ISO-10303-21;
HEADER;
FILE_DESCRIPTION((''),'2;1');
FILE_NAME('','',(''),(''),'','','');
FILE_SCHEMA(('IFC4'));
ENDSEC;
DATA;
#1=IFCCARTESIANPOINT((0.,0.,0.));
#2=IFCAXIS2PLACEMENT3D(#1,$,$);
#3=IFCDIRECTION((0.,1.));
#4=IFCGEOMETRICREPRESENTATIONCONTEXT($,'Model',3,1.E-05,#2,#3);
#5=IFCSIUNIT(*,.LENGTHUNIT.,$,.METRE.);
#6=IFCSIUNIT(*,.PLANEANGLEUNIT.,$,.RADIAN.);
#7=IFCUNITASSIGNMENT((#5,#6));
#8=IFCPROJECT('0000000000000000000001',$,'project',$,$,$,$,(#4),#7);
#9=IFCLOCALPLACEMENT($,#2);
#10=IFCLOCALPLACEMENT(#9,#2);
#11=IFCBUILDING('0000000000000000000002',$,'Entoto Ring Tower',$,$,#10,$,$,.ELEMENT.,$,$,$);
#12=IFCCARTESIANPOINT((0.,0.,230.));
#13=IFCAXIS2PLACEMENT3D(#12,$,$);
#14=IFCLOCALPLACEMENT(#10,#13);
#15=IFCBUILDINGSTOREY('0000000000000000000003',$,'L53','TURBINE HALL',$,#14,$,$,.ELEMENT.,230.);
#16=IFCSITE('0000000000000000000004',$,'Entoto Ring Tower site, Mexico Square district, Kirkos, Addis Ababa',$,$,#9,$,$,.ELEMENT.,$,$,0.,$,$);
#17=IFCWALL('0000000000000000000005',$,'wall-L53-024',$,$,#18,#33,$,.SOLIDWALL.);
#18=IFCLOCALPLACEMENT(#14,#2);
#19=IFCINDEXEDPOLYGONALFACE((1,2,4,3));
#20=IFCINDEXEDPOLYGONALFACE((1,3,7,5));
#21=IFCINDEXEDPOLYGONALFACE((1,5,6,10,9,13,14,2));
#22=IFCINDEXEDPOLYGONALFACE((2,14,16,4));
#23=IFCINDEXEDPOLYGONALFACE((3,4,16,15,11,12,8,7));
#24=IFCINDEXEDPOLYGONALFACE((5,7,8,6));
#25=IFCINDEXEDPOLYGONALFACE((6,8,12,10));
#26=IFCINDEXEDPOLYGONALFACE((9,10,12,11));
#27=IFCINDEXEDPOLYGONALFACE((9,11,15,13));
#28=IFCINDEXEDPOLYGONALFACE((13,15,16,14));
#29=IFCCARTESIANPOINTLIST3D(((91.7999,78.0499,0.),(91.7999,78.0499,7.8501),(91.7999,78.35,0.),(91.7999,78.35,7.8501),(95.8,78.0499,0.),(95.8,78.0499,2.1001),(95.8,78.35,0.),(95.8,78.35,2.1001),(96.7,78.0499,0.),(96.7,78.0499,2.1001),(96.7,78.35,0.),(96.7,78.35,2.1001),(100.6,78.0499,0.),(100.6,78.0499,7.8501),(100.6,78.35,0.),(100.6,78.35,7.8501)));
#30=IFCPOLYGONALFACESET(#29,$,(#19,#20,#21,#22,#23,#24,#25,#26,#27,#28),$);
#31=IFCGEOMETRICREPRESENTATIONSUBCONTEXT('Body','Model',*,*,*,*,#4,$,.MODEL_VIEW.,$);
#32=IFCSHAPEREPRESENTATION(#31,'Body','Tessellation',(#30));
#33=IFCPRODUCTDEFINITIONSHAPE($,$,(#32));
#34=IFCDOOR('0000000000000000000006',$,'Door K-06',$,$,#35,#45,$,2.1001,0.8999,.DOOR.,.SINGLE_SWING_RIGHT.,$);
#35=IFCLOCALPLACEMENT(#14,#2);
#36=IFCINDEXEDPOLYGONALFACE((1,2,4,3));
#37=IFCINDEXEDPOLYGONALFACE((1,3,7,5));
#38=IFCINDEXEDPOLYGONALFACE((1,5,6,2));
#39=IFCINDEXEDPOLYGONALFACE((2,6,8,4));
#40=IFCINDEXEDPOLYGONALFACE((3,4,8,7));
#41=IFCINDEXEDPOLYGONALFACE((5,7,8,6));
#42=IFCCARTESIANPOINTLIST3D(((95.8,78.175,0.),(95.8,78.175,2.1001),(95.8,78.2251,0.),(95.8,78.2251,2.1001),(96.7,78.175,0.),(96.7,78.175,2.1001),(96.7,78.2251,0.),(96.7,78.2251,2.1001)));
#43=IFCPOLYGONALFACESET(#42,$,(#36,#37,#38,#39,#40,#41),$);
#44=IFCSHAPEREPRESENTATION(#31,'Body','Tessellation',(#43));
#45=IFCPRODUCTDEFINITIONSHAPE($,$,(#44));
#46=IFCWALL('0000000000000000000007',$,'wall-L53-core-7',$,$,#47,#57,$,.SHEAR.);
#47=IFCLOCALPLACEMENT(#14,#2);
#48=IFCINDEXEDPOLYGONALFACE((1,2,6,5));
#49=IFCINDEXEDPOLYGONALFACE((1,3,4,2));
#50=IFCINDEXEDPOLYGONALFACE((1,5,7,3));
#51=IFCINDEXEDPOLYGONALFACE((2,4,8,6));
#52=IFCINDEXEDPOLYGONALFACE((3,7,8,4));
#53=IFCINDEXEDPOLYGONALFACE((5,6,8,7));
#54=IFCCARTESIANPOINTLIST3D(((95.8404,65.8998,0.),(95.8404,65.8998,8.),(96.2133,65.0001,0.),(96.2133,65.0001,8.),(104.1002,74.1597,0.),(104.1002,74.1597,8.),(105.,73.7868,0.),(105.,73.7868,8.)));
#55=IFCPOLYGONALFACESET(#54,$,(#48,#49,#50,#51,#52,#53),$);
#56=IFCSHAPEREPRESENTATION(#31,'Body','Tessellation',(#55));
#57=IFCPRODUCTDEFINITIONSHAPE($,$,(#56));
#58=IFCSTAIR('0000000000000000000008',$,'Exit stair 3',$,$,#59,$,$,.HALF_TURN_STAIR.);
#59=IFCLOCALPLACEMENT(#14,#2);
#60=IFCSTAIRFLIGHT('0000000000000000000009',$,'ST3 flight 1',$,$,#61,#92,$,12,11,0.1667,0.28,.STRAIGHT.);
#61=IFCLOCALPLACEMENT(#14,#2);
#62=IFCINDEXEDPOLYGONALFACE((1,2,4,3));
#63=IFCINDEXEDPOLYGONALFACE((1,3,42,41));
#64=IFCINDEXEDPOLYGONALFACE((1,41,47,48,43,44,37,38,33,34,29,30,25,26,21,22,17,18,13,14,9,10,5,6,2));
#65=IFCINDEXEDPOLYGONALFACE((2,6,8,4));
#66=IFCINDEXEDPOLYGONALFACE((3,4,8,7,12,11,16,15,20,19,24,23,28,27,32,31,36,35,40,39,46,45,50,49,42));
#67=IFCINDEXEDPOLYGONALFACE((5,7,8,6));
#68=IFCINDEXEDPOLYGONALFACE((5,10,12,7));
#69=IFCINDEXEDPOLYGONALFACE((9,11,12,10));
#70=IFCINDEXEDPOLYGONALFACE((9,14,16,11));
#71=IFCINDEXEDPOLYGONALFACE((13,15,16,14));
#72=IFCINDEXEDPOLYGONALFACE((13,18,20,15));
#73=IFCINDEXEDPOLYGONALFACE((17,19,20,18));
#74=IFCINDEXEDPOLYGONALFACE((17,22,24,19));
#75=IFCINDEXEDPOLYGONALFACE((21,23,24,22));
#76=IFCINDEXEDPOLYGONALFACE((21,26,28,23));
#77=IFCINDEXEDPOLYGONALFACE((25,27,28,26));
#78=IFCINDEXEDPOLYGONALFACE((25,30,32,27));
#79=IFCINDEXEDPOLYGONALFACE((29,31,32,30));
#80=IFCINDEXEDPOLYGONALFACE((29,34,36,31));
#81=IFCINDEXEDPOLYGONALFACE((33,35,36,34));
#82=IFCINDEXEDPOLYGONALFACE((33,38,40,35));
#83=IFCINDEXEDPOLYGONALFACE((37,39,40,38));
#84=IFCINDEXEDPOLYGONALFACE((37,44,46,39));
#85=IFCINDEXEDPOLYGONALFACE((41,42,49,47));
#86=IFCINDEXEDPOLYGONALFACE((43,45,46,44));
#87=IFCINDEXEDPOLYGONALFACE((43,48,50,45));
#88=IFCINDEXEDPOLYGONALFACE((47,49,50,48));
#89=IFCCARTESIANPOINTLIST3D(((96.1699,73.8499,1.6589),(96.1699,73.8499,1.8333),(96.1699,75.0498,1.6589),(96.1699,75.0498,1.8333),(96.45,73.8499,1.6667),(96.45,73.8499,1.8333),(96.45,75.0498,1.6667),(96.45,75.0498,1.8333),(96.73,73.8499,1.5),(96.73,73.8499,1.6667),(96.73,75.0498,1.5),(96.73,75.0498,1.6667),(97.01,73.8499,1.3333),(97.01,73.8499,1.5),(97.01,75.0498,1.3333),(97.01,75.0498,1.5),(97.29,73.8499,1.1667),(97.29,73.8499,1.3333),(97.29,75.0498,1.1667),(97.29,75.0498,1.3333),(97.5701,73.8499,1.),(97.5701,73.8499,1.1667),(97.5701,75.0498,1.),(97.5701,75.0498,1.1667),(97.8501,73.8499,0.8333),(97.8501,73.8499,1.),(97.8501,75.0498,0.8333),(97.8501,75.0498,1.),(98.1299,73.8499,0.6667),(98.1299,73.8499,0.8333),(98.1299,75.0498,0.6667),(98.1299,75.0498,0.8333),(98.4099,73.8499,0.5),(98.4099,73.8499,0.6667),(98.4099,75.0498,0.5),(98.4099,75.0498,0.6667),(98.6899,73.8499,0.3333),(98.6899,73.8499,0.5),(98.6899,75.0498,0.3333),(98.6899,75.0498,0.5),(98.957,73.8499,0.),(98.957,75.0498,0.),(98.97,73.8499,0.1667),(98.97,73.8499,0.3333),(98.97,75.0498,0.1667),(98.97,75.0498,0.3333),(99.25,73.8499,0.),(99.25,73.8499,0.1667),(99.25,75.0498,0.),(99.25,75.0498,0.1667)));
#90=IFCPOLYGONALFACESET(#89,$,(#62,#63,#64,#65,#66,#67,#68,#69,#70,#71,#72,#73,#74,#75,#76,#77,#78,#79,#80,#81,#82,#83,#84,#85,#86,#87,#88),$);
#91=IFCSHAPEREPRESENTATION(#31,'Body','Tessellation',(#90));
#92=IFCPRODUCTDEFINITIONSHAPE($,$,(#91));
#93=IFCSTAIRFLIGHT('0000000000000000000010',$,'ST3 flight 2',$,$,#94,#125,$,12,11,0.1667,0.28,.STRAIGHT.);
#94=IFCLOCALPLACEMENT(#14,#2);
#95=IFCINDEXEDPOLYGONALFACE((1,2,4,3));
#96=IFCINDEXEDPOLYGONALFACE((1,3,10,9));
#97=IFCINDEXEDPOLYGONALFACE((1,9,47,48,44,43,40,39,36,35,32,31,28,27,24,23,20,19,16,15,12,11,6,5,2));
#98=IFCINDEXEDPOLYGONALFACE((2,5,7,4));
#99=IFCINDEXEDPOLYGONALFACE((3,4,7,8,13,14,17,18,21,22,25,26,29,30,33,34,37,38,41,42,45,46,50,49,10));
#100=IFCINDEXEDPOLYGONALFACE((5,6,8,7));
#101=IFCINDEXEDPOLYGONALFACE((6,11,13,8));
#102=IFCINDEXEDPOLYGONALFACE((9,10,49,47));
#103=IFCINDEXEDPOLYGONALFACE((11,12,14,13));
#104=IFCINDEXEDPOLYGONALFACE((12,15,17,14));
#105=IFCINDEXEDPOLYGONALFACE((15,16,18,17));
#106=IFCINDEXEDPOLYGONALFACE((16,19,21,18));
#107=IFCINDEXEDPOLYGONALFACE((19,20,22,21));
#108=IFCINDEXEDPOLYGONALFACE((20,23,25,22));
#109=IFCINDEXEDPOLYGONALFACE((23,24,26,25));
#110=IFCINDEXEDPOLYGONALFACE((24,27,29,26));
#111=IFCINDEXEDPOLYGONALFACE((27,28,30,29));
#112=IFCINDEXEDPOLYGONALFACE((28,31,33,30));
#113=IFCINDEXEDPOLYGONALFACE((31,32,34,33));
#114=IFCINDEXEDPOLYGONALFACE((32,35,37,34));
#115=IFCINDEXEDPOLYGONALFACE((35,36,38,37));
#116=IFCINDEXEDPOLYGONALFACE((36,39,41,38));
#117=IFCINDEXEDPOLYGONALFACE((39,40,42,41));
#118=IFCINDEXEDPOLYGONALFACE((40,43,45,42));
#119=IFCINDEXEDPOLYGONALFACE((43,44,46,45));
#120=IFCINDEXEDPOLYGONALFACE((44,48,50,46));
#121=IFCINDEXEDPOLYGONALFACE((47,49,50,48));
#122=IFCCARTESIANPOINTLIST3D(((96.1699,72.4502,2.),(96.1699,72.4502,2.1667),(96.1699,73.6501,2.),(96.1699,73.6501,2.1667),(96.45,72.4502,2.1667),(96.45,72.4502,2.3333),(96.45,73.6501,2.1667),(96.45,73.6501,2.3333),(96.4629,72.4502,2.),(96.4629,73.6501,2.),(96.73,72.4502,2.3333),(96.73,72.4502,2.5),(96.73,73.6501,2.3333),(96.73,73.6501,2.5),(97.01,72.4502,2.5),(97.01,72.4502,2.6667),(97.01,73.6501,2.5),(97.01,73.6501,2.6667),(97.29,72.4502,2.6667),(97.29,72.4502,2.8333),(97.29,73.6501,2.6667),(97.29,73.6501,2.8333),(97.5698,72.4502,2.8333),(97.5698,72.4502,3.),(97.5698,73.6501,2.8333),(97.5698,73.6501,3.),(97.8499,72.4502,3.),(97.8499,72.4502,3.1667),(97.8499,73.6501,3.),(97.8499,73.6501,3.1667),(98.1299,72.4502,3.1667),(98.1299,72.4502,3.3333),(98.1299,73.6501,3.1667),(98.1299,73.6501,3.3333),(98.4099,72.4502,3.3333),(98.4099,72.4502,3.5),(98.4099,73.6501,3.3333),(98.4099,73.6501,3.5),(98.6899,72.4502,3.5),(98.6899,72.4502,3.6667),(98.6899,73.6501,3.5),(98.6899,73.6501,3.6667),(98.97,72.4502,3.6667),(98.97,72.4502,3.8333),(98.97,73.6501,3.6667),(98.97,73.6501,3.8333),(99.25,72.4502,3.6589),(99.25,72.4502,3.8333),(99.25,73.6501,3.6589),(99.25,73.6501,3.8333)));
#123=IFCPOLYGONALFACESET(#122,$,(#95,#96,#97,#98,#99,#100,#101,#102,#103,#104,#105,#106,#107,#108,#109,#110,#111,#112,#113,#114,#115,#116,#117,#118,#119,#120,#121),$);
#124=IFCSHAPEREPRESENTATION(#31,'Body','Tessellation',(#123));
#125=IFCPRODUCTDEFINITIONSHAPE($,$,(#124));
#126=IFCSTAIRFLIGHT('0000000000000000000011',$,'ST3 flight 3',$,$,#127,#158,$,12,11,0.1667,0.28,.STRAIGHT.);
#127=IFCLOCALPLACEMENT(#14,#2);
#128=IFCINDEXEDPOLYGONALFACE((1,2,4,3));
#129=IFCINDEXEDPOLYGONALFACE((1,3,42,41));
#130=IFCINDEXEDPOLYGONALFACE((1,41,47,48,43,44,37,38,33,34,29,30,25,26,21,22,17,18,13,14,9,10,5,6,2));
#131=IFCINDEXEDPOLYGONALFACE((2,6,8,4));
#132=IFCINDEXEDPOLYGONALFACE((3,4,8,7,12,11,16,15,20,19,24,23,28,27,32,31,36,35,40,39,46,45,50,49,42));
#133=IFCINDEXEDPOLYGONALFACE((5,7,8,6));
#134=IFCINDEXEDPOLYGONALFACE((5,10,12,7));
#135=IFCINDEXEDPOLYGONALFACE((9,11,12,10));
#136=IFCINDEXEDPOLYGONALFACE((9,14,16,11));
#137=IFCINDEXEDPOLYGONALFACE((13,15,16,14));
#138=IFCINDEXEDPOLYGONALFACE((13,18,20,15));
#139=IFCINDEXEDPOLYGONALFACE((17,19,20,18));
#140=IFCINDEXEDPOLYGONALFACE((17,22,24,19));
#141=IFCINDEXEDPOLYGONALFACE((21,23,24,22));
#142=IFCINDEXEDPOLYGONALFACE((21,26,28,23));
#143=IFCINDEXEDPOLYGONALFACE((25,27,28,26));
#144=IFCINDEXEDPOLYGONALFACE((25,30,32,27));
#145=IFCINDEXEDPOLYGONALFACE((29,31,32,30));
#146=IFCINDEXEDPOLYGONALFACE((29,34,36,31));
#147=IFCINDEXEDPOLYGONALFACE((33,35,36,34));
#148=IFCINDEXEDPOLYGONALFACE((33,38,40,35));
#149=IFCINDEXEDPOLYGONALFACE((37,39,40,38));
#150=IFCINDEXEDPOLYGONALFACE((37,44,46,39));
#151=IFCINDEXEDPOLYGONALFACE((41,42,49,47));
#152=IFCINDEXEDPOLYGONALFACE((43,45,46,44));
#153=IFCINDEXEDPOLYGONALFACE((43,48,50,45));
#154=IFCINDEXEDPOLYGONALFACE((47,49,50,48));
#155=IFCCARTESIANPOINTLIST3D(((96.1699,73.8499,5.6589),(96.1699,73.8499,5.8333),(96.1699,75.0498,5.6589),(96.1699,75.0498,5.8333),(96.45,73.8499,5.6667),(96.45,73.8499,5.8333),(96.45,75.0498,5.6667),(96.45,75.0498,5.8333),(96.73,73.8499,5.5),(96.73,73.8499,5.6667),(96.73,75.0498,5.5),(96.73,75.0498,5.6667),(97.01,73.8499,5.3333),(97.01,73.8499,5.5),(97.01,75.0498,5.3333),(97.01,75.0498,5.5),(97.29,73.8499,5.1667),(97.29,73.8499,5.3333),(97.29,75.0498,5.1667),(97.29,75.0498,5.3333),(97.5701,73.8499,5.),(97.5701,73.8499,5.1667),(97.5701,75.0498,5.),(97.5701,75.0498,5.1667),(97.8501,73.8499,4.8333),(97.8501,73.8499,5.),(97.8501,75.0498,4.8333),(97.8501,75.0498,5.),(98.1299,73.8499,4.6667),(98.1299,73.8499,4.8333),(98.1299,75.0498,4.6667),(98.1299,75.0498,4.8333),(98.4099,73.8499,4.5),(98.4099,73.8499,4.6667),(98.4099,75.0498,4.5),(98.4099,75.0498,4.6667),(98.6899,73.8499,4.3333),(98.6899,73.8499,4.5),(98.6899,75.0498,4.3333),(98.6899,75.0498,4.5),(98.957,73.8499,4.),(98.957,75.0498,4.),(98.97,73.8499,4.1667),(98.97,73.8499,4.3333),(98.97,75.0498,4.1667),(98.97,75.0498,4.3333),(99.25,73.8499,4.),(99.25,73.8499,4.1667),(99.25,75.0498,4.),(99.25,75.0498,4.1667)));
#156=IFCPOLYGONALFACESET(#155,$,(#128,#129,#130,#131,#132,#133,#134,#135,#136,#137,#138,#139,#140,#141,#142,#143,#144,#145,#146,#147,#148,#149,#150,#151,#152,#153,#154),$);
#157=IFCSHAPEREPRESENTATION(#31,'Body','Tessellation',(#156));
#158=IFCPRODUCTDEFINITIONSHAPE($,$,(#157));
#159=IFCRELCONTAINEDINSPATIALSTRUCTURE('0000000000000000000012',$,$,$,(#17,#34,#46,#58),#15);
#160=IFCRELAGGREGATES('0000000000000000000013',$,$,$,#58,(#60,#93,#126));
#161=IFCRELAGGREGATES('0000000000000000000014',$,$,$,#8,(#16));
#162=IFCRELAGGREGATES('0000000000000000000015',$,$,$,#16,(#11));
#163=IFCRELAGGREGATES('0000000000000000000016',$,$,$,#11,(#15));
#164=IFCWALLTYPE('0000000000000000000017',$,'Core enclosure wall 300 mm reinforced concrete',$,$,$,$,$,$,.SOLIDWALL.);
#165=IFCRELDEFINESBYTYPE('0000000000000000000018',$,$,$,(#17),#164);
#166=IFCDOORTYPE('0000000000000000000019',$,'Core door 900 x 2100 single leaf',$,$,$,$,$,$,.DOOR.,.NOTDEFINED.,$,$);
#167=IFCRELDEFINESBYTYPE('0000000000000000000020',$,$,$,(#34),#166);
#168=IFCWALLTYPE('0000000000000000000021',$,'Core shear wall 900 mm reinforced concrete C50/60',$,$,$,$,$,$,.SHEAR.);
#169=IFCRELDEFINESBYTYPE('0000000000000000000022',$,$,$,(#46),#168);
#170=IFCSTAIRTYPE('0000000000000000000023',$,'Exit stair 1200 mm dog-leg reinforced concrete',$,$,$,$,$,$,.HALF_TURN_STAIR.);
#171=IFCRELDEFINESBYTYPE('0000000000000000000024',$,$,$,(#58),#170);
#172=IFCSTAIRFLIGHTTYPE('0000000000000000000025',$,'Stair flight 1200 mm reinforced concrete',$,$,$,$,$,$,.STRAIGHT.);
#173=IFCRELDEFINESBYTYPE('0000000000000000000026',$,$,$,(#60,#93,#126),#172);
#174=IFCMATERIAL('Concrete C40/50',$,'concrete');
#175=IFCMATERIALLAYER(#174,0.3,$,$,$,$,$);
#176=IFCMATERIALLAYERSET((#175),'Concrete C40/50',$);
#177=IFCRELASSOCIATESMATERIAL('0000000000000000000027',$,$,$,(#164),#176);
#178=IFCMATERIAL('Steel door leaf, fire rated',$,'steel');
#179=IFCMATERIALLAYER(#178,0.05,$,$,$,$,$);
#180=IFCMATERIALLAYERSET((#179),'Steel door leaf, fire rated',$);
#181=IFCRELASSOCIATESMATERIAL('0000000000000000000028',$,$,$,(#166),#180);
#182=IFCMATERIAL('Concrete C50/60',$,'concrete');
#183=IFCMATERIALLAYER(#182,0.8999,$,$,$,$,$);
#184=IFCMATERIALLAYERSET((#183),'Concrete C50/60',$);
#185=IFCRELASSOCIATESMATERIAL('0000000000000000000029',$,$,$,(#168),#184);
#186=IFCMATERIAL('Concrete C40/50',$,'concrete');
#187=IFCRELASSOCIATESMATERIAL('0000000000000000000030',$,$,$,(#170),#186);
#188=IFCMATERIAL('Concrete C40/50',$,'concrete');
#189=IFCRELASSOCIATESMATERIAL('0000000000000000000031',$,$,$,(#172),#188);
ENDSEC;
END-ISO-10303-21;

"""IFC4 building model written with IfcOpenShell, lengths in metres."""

from ifc_helpers import new_model, si_unit, direction, frame, frame_2d, origin, place, context, subcontext, project, spatial, polyline, rectangle, outline, extrude, material, layer, layer_set, type_object, element, fill, aggregate, save


model = new_model("IFC4")

# Units and contexts
model_context = context("Model", 3, precision=1e-05, world=origin(), true_north=direction((0.0, 1.0)))
body_context = subcontext(model_context, "Body", "Model", "MODEL_VIEW")
ifc_project = project(units=[si_unit("LENGTHUNIT", "METRE"), si_unit("PLANEANGLEUNIT", "RADIAN")], contexts=[model_context])

# Site, building, storey
site_placement = place(None, origin())
site = spatial("IfcSite", under=ifc_project, at=site_placement, Name="Entoto Ring Tower site, Mexico Square district, Kirkos, Addis Ababa", CompositionType="ELEMENT", RefElevation=0.0)
building_placement = place(site_placement, origin())
building = spatial("IfcBuilding", under=site, at=building_placement, Name="Entoto Ring Tower", CompositionType="ELEMENT")
storey_placement = place(building_placement, frame((0.0, 0.0, 230.0)))
storey = spatial("IfcBuildingStorey", under=building, at=storey_placement, Name="L53", Description="TURBINE HALL", CompositionType="ELEMENT", Elevation=230.0)

# Shared definitions
ifc_material_1 = material(Name="Concrete C40/50", Category="concrete")
ifc_layer_1 = layer(ifc_material_1, 0.3)
ifc_layer_set_1 = layer_set([ifc_layer_1], Name="Concrete C40/50")
wall_type_1 = type_object("IfcWallType", Name="Core enclosure wall 300 mm reinforced concrete", PredefinedType="SOLIDWALL", material=ifc_layer_set_1)

# Wall, opening, door
wall_1_placement = place(storey_placement, frame((91.8, 78.2, 0.0), z_axis=(0.0, 0.0, 1.0), x_axis=(1.0, 0.0, 0.0)))
wall_1 = element("IfcWall", 1, at=wall_1_placement, inside=storey, type_object=wall_type_1, Name="wall-L53-024", PredefinedType="SOLIDWALL", context=body_context, shape_type="SweptSolid", body=[
    extrude(rectangle(XDim=8.8, YDim=0.3, at=frame_2d((4.3999, 0.0))), origin(), (0.0, 0.0, 1.0), 7.8501),
])
opening_1_placement = place(wall_1_placement, frame((4.0, 0.0, 0.0)))
opening_1 = element("IfcOpeningElement", 2, at=opening_1_placement, cuts=wall_1, PredefinedType="OPENING", context=body_context, shape_type="SweptSolid", body=[
    extrude(rectangle(XDim=0.8999, YDim=2.1001, at=frame_2d((0.45, 1.05))), frame((0.0, 0.1602, 0.0), z_axis=(0.0, -1.0, 0.0), x_axis=(1.0, 0.0, 0.0)), (0.0, 0.0, 1.0), 0.3201),
])
ifc_material_2 = material(Name="Steel door leaf, fire rated", Category="steel")
ifc_layer_2 = layer(ifc_material_2, 0.05)
ifc_layer_set_2 = layer_set([ifc_layer_2], Name="Steel door leaf, fire rated")
door_type_1 = type_object("IfcDoorType", Name="Core door 900 x 2100 single leaf", OperationType="NOTDEFINED", PredefinedType="DOOR", material=ifc_layer_set_2)
door_1_placement = place(opening_1_placement, frame((0.8999, 0.0, 0.0), z_axis=(0.0, 0.0, 1.0), x_axis=(-1.0, 0.0, 0.0)))
door_1 = element("IfcDoor", 3, at=door_1_placement, inside=storey, type_object=door_type_1, Name="Door K-06", OperationType="SINGLE_SWING_RIGHT", OverallHeight=2.1001, OverallWidth=0.8999, PredefinedType="DOOR", context=body_context, shape_type="SweptSolid", body=[
    extrude(rectangle(XDim=0.8999, YDim=2.1001, at=frame_2d((0.45, 1.05))), frame((0.0, 0.0249, 0.0), z_axis=(0.0, -1.0, 0.0), x_axis=(1.0, 0.0, 0.0)), (0.0, 0.0, 1.0), 0.05),
])
fill(opening_1, door_1)

# Wall
ifc_material_3 = material(Name="Concrete C50/60", Category="concrete")
ifc_layer_3 = layer(ifc_material_3, 0.8999)
ifc_layer_set_3 = layer_set([ifc_layer_3], Name="Concrete C50/60")
wall_type_2 = type_object("IfcWallType", Name="Core shear wall 900 mm reinforced concrete C50/60", PredefinedType="SHEAR", material=ifc_layer_set_3)
wall_2_placement = place(storey_placement, frame((96.0269, 65.45, 0.0), z_axis=(0.0, 0.0, 1.0), x_axis=(0.707107, 0.707107, 0.0)))
element("IfcWall", 4, at=wall_2_placement, inside=storey, type_object=wall_type_2, Name="wall-L53-core-7", PredefinedType="SHEAR", context=body_context, shape_type="SweptSolid", body=[
    extrude(outline(polyline([(-0.1863, -0.45), (12.24, -0.45), (11.8674, 0.45), (0.1863, 0.45), (-0.1863, -0.45)])), origin(), (0.0, 0.0, 1.0), 8.0),
])

# Stair, stair flights
ifc_material_4 = material(Name="Concrete C40/50", Category="concrete")
stair_type = type_object("IfcStairType", Name="Exit stair 1200 mm dog-leg reinforced concrete", PredefinedType="HALF_TURN_STAIR", material=ifc_material_4)
stair_placement = place(storey_placement, origin())
stair = element("IfcStair", 5, at=stair_placement, inside=storey, type_object=stair_type, Name="Exit stair 3", PredefinedType="HALF_TURN_STAIR")
ifc_material_5 = material(Name="Concrete C40/50", Category="concrete")
stair_flight_type = type_object("IfcStairFlightType", Name="Stair flight 1200 mm reinforced concrete", PredefinedType="STRAIGHT", material=ifc_material_5)
stair_flight_1_placement = place(storey_placement, frame((99.25, 74.45, 0.0), z_axis=(0.0, 0.0, 1.0), x_axis=(-1.0, 0.0, 0.0)))
stair_flight_1 = element("IfcStairFlight", 6, at=stair_flight_1_placement, type_object=stair_flight_type, Name="ST3 flight 1", NumberOfRisers=12, NumberOfTreads=11, PredefinedType="STRAIGHT", RiserHeight=0.1667, TreadLength=0.28, context=body_context, shape_type="SweptSolid", body=[
    extrude(outline(polyline([(0.0, 0.0), (0.0, 0.1667), (0.28, 0.1667), (0.28, 0.3333), (0.5601, 0.3333), (0.5601, 0.5), (0.8401, 0.5), (0.8401, 0.6667), (1.1201, 0.6667), (1.1201, 0.8333), (1.3999, 0.8333), (1.3999, 1.0), (1.6799, 1.0), (1.6799, 1.1667), (1.96, 1.1667), (1.96, 1.3333), (2.24, 1.3333), (2.24, 1.5), (2.52, 1.5), (2.52, 1.6667), (2.8, 1.6667), (2.8, 1.8333), (3.0801, 1.8333), (3.0801, 2.0), (3.0801, 1.6589), (0.293, 0.0), (0.0, 0.0)])), frame((0.0, 0.6001, 0.0), z_axis=(0.0, -1.0, 0.0), x_axis=(1.0, 0.0, 0.0)), (0.0, 0.0, 1.0), 1.2),
])
stair_flight_2_placement = place(storey_placement, frame((96.1699, 73.05, 2.0), z_axis=(0.0, 0.0, 1.0), x_axis=(1.0, 0.0, 0.0)))
stair_flight_2 = element("IfcStairFlight", 7, at=stair_flight_2_placement, type_object=stair_flight_type, Name="ST3 flight 2", NumberOfRisers=12, NumberOfTreads=11, PredefinedType="STRAIGHT", RiserHeight=0.1667, TreadLength=0.28, context=body_context, shape_type="SweptSolid", body=[
    extrude(outline(polyline([(0.0, 0.0), (0.0, 0.1667), (0.28, 0.1667), (0.28, 0.3333), (0.5601, 0.3333), (0.5601, 0.5), (0.8401, 0.5), (0.8401, 0.6667), (1.1201, 0.6667), (1.1201, 0.8333), (1.3999, 0.8333), (1.3999, 1.0), (1.6799, 1.0), (1.6799, 1.1667), (1.96, 1.1667), (1.96, 1.3333), (2.24, 1.3333), (2.24, 1.5), (2.52, 1.5), (2.52, 1.6667), (2.8, 1.6667), (2.8, 1.8333), (3.0801, 1.8333), (3.0801, 2.0), (3.0801, 1.6589), (0.293, 0.0), (0.0, 0.0)])), frame((0.0, 0.6001, 0.0), z_axis=(0.0, -1.0, 0.0), x_axis=(1.0, 0.0, 0.0)), (0.0, 0.0, 1.0), 1.2),
])
stair_flight_3_placement = place(storey_placement, frame((99.25, 74.45, 4.0), z_axis=(0.0, 0.0, 1.0), x_axis=(-1.0, 0.0, 0.0)))
stair_flight_3 = element("IfcStairFlight", 8, at=stair_flight_3_placement, type_object=stair_flight_type, Name="ST3 flight 3", NumberOfRisers=12, NumberOfTreads=11, PredefinedType="STRAIGHT", RiserHeight=0.1667, TreadLength=0.28, context=body_context, shape_type="SweptSolid", body=[
    extrude(outline(polyline([(0.0, 0.0), (0.0, 0.1667), (0.28, 0.1667), (0.28, 0.3333), (0.5601, 0.3333), (0.5601, 0.5), (0.8401, 0.5), (0.8401, 0.6667), (1.1201, 0.6667), (1.1201, 0.8333), (1.3999, 0.8333), (1.3999, 1.0), (1.6799, 1.0), (1.6799, 1.1667), (1.96, 1.1667), (1.96, 1.3333), (2.24, 1.3333), (2.24, 1.5), (2.52, 1.5), (2.52, 1.6667), (2.8, 1.6667), (2.8, 1.8333), (3.0801, 1.8333), (3.0801, 2.0), (3.0801, 1.6589), (0.293, 0.0), (0.0, 0.0)])), frame((0.0, 0.6001, 0.0), z_axis=(0.0, -1.0, 0.0), x_axis=(1.0, 0.0, 0.0)), (0.0, 0.0, 1.0), 1.2),
])
aggregate(stair, [stair_flight_1, stair_flight_2, stair_flight_3])

save(model, "model.ifc")
